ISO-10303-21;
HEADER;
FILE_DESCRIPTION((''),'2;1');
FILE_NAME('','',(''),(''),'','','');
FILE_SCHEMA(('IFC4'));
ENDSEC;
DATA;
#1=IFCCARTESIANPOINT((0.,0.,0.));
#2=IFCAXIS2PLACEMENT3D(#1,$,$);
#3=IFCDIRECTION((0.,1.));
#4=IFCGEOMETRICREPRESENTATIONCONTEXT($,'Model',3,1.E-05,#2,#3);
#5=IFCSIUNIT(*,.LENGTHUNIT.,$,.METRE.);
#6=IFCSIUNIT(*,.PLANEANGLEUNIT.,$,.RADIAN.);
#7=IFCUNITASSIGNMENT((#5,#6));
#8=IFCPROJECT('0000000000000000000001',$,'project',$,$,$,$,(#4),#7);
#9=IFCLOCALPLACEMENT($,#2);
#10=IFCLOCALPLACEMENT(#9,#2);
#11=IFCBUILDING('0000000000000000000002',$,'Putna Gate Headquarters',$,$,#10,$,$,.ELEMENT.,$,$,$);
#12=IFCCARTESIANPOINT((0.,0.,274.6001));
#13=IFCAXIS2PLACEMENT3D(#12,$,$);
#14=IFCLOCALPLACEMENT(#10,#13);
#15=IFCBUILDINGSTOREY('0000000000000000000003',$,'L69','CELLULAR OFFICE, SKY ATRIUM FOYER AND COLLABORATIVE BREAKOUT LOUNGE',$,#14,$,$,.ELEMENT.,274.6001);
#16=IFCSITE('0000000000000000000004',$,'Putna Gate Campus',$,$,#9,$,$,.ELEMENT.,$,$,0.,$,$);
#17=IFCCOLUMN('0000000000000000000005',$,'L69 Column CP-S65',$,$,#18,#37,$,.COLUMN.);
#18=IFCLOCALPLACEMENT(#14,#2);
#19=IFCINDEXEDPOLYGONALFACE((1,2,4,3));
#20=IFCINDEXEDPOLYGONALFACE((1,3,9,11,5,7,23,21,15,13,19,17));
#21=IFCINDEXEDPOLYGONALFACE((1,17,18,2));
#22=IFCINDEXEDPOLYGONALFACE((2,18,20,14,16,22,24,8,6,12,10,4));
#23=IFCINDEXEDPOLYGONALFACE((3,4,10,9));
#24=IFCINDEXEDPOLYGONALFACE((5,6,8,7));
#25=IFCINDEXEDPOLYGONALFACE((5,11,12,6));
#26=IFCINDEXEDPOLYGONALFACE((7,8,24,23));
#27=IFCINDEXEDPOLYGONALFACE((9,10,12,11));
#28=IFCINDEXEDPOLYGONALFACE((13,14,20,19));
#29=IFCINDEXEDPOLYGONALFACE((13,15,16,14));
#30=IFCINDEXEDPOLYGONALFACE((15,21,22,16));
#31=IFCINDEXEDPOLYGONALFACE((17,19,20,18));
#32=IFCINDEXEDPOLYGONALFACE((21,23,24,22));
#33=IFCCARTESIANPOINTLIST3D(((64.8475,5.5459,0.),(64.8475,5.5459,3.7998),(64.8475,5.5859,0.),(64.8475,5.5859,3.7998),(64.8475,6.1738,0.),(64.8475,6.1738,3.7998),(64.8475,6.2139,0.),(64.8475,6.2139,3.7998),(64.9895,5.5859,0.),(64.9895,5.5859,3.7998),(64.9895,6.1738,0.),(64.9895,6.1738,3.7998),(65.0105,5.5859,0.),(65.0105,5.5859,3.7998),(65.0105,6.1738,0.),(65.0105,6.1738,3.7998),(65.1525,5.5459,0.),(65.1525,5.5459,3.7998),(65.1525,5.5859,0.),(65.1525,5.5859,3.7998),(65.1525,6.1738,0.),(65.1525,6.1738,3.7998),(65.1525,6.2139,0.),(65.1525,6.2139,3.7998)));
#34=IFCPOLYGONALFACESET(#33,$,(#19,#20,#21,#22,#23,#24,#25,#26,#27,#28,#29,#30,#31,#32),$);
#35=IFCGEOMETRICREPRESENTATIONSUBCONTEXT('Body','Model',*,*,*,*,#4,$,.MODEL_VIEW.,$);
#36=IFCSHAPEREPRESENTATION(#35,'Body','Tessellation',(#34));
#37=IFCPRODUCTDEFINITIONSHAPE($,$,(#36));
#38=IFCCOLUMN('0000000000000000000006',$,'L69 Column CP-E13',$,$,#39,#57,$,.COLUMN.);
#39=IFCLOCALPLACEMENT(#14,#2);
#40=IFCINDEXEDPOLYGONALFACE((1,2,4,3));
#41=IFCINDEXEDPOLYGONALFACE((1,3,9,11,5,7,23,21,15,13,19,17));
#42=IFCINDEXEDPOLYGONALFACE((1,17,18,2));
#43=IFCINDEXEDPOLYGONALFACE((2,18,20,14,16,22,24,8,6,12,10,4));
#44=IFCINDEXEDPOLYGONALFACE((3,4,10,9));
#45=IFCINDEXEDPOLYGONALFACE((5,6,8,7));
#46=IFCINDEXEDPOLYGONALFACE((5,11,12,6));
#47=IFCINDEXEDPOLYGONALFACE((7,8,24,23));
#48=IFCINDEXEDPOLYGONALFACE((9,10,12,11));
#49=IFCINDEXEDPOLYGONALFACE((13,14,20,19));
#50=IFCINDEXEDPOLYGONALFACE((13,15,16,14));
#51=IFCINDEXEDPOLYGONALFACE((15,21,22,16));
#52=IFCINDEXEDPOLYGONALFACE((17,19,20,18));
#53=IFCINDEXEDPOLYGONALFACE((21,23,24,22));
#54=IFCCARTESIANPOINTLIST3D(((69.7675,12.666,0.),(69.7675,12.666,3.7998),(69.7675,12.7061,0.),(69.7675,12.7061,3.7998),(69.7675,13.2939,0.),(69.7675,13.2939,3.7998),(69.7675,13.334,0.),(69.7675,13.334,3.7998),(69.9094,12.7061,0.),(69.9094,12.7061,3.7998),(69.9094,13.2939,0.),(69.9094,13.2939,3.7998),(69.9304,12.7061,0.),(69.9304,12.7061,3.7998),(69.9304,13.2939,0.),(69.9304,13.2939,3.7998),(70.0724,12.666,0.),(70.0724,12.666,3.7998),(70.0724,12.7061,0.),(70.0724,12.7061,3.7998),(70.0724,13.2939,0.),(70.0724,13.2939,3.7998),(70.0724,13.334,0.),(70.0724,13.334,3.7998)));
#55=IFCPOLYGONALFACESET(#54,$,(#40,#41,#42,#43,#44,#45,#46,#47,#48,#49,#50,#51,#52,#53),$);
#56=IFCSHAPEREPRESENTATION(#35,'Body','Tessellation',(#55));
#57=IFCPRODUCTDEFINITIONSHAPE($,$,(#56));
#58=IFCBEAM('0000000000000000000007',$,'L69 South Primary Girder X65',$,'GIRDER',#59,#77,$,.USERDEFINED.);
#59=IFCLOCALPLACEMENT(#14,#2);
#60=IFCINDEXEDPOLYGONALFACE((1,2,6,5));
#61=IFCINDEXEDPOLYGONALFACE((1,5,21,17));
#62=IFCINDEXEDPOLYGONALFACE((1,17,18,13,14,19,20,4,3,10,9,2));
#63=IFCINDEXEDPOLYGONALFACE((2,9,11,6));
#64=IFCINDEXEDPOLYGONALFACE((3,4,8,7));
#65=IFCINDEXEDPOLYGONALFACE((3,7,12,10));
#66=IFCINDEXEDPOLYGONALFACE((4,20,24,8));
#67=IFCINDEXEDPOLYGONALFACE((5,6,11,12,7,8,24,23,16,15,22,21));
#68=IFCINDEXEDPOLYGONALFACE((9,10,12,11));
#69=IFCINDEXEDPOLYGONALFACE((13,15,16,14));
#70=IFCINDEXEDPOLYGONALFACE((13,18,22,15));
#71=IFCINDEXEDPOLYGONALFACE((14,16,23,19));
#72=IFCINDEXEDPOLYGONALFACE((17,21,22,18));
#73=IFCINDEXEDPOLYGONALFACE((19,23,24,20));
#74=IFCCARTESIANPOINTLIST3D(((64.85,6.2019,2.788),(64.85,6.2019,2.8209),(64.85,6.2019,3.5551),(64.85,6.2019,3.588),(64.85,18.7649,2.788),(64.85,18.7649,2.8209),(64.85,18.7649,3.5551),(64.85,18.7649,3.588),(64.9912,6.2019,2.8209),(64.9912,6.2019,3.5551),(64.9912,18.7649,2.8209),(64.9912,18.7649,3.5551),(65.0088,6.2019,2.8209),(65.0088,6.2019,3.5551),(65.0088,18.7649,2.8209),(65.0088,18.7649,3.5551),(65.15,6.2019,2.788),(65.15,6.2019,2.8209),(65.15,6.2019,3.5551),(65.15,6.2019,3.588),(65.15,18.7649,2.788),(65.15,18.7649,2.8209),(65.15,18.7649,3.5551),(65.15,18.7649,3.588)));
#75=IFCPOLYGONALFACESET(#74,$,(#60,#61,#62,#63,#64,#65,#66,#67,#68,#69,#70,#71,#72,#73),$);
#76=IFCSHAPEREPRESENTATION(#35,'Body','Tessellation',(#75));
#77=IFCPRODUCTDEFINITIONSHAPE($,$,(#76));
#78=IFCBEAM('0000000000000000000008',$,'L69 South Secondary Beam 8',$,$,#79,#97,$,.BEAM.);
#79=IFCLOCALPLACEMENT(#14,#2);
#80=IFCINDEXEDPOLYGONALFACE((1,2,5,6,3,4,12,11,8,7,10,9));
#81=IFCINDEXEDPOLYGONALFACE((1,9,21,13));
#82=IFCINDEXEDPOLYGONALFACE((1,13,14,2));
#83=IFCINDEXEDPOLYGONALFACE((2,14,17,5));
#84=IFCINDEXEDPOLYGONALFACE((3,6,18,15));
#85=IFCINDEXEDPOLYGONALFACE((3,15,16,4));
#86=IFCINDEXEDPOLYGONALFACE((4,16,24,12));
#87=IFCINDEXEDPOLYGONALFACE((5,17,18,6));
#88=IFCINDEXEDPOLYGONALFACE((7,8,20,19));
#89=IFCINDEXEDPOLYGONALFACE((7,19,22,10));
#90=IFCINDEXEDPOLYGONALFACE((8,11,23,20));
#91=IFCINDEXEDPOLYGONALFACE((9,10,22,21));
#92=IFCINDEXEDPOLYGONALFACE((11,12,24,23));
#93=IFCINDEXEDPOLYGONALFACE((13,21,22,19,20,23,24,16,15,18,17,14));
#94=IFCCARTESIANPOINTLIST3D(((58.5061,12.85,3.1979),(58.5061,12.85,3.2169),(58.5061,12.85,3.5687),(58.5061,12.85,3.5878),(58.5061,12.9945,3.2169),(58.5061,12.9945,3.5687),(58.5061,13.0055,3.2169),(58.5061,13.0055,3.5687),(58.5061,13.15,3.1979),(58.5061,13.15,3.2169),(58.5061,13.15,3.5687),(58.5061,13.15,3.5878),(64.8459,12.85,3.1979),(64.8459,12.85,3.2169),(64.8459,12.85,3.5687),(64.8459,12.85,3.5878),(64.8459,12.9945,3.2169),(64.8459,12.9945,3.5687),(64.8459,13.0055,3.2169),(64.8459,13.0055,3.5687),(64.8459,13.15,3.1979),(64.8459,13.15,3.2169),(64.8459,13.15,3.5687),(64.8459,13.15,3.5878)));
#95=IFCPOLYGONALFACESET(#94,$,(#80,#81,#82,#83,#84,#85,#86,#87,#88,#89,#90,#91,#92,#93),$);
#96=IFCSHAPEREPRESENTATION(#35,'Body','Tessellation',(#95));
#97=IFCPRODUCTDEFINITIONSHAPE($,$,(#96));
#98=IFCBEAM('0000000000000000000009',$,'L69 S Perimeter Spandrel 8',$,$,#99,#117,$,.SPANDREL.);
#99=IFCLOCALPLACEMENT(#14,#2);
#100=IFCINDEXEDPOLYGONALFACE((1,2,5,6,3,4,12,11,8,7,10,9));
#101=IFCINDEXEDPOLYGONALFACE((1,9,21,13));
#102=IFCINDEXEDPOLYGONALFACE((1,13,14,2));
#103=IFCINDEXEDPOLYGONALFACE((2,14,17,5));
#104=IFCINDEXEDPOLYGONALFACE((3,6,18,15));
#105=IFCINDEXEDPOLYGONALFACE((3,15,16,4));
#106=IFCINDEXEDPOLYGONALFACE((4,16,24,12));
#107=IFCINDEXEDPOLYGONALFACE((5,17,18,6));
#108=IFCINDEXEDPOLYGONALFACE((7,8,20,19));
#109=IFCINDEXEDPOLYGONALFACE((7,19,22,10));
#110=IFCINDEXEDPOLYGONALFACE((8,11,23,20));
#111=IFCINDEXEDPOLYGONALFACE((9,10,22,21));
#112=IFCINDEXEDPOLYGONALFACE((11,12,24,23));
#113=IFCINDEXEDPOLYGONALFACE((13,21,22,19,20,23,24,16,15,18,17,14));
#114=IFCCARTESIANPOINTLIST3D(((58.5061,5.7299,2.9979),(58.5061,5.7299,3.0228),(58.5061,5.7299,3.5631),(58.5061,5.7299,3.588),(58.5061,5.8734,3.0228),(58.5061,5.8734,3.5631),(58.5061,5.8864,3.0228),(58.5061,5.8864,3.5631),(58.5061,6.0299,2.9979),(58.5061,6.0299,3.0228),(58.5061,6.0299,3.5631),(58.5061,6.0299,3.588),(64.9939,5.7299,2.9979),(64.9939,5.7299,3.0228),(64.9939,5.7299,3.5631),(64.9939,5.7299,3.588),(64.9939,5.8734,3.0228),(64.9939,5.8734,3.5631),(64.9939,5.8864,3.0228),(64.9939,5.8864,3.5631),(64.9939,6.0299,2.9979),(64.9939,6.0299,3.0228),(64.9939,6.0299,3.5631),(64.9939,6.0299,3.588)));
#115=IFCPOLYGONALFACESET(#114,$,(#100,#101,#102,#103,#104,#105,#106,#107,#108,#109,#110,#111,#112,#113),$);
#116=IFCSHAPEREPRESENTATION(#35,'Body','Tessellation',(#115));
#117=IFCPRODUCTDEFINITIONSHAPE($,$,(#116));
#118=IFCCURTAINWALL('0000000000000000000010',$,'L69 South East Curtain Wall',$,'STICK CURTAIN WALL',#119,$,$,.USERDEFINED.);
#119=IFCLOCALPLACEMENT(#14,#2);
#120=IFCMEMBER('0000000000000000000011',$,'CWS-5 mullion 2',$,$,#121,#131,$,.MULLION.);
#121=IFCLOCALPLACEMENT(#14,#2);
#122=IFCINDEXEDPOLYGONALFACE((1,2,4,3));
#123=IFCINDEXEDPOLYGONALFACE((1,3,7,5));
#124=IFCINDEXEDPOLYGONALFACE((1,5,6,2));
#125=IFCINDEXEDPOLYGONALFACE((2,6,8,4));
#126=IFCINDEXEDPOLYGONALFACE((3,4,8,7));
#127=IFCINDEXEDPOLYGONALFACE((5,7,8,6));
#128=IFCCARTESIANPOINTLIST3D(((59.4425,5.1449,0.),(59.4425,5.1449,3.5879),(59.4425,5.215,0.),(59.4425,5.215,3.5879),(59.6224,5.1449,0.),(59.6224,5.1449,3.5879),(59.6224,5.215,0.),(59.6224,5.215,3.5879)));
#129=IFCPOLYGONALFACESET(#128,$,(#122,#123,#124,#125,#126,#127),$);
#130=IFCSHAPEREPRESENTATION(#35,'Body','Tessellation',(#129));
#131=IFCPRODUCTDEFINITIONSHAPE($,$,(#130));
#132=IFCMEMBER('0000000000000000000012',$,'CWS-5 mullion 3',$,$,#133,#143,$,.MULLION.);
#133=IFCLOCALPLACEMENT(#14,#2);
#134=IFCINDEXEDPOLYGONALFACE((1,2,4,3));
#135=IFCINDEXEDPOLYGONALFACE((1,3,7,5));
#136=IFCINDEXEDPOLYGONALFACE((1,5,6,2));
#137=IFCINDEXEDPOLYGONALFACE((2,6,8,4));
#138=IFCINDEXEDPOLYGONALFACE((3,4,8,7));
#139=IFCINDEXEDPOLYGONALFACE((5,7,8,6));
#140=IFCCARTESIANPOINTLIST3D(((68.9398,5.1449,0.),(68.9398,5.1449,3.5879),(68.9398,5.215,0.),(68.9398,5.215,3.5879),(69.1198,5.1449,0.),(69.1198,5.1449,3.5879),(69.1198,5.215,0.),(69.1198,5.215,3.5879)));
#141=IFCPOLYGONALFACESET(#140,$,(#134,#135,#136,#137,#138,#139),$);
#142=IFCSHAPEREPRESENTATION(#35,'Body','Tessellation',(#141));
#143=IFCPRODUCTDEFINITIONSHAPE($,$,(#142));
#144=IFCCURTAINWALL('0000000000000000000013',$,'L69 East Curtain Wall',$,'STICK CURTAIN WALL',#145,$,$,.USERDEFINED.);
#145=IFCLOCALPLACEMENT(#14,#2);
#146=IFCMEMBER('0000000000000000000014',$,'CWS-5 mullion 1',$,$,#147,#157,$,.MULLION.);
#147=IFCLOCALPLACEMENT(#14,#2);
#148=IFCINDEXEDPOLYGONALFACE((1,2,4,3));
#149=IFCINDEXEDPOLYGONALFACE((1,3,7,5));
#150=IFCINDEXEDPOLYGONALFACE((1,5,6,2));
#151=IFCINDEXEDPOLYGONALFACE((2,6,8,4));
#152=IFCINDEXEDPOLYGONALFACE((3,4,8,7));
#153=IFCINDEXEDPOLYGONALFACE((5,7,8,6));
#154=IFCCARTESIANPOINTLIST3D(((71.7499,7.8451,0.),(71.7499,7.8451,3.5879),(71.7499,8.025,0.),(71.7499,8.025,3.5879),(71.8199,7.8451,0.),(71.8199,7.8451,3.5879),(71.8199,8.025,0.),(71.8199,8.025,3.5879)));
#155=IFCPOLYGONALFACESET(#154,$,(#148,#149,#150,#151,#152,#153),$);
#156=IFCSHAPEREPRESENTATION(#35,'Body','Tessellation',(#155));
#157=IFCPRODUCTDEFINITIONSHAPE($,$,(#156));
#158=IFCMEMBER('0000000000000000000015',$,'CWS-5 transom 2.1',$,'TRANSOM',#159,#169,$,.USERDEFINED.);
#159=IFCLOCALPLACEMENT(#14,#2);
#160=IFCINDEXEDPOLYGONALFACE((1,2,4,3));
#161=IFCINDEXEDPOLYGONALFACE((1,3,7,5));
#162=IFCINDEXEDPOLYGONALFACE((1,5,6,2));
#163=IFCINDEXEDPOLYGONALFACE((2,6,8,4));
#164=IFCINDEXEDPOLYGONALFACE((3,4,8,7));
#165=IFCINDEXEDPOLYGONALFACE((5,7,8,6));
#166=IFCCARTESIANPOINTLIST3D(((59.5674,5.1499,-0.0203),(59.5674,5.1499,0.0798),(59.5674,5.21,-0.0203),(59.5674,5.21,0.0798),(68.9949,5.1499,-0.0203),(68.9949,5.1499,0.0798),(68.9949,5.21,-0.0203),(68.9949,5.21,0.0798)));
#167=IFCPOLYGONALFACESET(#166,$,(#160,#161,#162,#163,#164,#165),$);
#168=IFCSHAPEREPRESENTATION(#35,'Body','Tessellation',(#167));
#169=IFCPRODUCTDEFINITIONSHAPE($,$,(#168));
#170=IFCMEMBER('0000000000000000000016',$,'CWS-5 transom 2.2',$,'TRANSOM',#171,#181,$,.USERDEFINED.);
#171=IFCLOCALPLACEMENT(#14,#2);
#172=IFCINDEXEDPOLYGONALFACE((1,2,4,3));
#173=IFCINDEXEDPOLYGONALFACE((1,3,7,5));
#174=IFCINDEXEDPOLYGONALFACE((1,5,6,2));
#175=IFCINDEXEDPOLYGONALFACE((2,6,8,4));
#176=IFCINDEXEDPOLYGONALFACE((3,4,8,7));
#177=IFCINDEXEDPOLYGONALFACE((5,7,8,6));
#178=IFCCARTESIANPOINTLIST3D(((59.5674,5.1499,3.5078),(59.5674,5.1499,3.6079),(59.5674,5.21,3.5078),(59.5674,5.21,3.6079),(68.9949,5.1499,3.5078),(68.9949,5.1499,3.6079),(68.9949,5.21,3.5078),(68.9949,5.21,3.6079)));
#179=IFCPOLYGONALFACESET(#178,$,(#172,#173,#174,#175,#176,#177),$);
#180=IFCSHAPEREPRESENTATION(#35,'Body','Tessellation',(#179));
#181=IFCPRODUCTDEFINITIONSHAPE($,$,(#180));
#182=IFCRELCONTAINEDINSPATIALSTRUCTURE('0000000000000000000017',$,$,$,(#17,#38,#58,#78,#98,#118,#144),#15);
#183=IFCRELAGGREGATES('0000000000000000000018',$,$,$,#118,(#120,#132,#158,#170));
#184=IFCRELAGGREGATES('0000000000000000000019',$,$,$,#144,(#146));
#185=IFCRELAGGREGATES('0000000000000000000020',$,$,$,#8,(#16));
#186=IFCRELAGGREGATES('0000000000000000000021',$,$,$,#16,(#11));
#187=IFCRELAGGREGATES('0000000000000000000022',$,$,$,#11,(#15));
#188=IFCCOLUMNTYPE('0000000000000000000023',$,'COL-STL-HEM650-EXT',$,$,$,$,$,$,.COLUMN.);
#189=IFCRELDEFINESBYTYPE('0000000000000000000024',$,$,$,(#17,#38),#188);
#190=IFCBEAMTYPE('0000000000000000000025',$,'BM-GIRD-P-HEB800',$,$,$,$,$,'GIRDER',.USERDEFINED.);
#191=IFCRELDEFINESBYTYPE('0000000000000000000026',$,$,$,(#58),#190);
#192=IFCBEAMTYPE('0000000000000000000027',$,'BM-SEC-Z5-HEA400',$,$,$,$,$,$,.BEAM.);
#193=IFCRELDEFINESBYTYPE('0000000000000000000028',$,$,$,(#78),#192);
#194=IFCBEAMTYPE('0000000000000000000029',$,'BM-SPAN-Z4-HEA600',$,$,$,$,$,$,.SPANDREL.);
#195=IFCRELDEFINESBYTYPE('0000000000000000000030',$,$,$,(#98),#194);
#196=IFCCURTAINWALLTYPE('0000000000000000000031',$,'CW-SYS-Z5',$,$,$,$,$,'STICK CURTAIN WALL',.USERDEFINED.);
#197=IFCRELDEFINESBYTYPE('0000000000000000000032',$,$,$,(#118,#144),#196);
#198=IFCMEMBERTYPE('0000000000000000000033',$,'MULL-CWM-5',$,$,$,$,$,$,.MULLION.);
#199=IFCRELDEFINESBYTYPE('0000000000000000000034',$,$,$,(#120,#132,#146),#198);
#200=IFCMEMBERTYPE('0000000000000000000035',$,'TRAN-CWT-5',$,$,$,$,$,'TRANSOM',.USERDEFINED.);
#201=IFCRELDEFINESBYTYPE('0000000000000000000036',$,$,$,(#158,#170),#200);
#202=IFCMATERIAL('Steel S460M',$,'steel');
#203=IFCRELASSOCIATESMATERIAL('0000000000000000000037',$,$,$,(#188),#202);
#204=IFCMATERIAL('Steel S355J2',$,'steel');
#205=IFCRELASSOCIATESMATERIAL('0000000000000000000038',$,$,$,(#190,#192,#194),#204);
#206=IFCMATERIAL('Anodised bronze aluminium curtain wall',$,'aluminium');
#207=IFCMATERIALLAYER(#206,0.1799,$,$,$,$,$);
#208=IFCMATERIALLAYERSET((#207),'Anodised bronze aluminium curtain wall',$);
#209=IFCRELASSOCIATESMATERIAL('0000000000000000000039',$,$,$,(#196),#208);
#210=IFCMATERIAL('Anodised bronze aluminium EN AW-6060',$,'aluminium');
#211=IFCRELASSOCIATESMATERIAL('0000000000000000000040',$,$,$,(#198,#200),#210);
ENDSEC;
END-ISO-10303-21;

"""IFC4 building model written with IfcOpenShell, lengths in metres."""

from ifc_helpers import new_model, si_unit, direction, frame, origin, origin_2d, place, context, subcontext, project, spatial, rectangle, i_section, extrude, material, layer, layer_set, material_profile, profile_set, type_object, element, aggregate, save


model = new_model("IFC4")

# Units and contexts
model_context = context("Model", 3, precision=1e-05, world=origin(), true_north=direction((0.0, 1.0)))
body_context = subcontext(model_context, "Body", "Model", "MODEL_VIEW")
ifc_project = project(units=[si_unit("LENGTHUNIT", "METRE"), si_unit("PLANEANGLEUNIT", "RADIAN")], contexts=[model_context])

# Site, building, storey
site_placement = place(None, origin())
site = spatial("IfcSite", under=ifc_project, at=site_placement, Name="Putna Gate Campus", CompositionType="ELEMENT", RefElevation=0.0)
building_placement = place(site_placement, origin())
building = spatial("IfcBuilding", under=site, at=building_placement, Name="Putna Gate Headquarters", CompositionType="ELEMENT")
storey_placement = place(building_placement, frame((0.0, 0.0, 274.6001)))
storey = spatial("IfcBuildingStorey", under=building, at=storey_placement, Name="L69", Description="CELLULAR OFFICE, SKY ATRIUM FOYER AND COLLABORATIVE BREAKOUT LOUNGE", CompositionType="ELEMENT", Elevation=274.6001)

# Columns
ifc_material_1 = material(Name="Steel S460M", Category="steel")
ifc_material_profile_1 = material_profile(ifc_material_1, i_section(OverallWidth=0.3049, OverallDepth=0.668, WebThickness=0.021, FlangeThickness=0.04, at=origin_2d()), Name="Steel S460M")
ifc_profile_set_1 = profile_set([ifc_material_profile_1], Name="Steel S460M")
column_type = type_object("IfcColumnType", Name="COL-STL-HEM650-EXT", PredefinedType="COLUMN", material=ifc_profile_set_1)
for number, where, z_axis, x_axis, name in (
    (1, (65.0, 5.8799, 0.0), (0.0, 0.0, 1.0), (1.0, 0.0, 0.0), "L69 Column CP-S65"),
    (2, (69.9199, 13.0, 0.0), (0.0, 0.0, 1.0), (1.0, 0.0, 0.0), "L69 Column CP-E13"),
):
    element("IfcColumn", number, at=place(storey_placement, frame(where, z_axis=z_axis, x_axis=x_axis)), inside=storey, type_object=column_type, Name=name, PredefinedType="COLUMN", context=body_context, shape_type="SweptSolid", body=[
        extrude(i_section(OverallWidth=0.3049, OverallDepth=0.668, WebThickness=0.021, FlangeThickness=0.04, at=origin_2d()), origin(), (0.0, 0.0, 1.0), 3.7998),
    ])

# Beams
ifc_material_2 = material(Name="Steel S355J2", Category="steel")
ifc_material_profile_2 = material_profile(ifc_material_2, i_section(OverallWidth=0.3, OverallDepth=0.8, WebThickness=0.0176, FlangeThickness=0.033, at=origin_2d()), Name="Steel S355J2")
ifc_profile_set_2 = profile_set([ifc_material_profile_2], Name="Steel S355J2")
beam_type_1 = type_object("IfcBeamType", Name="BM-GIRD-P-HEB800", ElementType="GIRDER", PredefinedType="USERDEFINED", material=ifc_profile_set_2)
beam_1_placement = place(storey_placement, frame((65.0, 6.2019, 3.188), z_axis=(0.0, 1.0, 0.0), x_axis=(-1.0, 0.0, 0.0)))
element("IfcBeam", 3, at=beam_1_placement, inside=storey, type_object=beam_type_1, Name="L69 South Primary Girder X65", ObjectType="GIRDER", PredefinedType="USERDEFINED", context=body_context, shape_type="SweptSolid", body=[
    extrude(i_section(OverallWidth=0.3, OverallDepth=0.8, WebThickness=0.0176, FlangeThickness=0.033, at=origin_2d()), origin(), (0.0, 0.0, 1.0), 12.563),
])
ifc_material_profile_3 = material_profile(ifc_material_2, i_section(OverallWidth=0.3, OverallDepth=0.3899, WebThickness=0.011, FlangeThickness=0.019, at=origin_2d()), Name="Steel S355J2")
ifc_profile_set_3 = profile_set([ifc_material_profile_3], Name="Steel S355J2")
beam_type_2 = type_object("IfcBeamType", Name="BM-SEC-Z5-HEA400", PredefinedType="BEAM", material=ifc_profile_set_3)
beam_2_placement = place(storey_placement, frame((58.5061, 13.0, 3.3928), z_axis=(1.0, 0.0, 0.0), x_axis=(0.0, 1.0, 0.0)))
element("IfcBeam", 4, at=beam_2_placement, inside=storey, type_object=beam_type_2, Name="L69 South Secondary Beam 8", PredefinedType="BEAM", context=body_context, shape_type="SweptSolid", body=[
    extrude(i_section(OverallWidth=0.3, OverallDepth=0.3899, WebThickness=0.011, FlangeThickness=0.019, at=origin_2d()), origin(), (0.0, 0.0, 1.0), 6.3398),
])
ifc_material_profile_4 = material_profile(ifc_material_2, i_section(OverallWidth=0.3, OverallDepth=0.5901, WebThickness=0.0129, FlangeThickness=0.0249, at=origin_2d()), Name="Steel S355J2")
ifc_profile_set_4 = profile_set([ifc_material_profile_4], Name="Steel S355J2")
beam_type_3 = type_object("IfcBeamType", Name="BM-SPAN-Z4-HEA600", PredefinedType="SPANDREL", material=ifc_profile_set_4)
beam_3_placement = place(storey_placement, frame((58.5061, 5.8799, 3.293), z_axis=(1.0, 0.0, 0.0), x_axis=(0.0, 1.0, 0.0)))
element("IfcBeam", 5, at=beam_3_placement, inside=storey, type_object=beam_type_3, Name="L69 S Perimeter Spandrel 8", PredefinedType="SPANDREL", context=body_context, shape_type="SweptSolid", body=[
    extrude(i_section(OverallWidth=0.3, OverallDepth=0.5901, WebThickness=0.0129, FlangeThickness=0.0249, at=origin_2d()), origin(), (0.0, 0.0, 1.0), 6.4878),
])

# Curtain wall, members
ifc_material_3 = material(Name="Anodised bronze aluminium curtain wall", Category="aluminium")
ifc_layer_1 = layer(ifc_material_3, 0.1799)
ifc_layer_set_1 = layer_set([ifc_layer_1], Name="Anodised bronze aluminium curtain wall")
curtain_wall_type = type_object("IfcCurtainWallType", Name="CW-SYS-Z5", ElementType="STICK CURTAIN WALL", PredefinedType="USERDEFINED", material=ifc_layer_set_1)
curtain_wall_1_placement = place(storey_placement, origin())
curtain_wall_1 = element("IfcCurtainWall", 6, at=curtain_wall_1_placement, inside=storey, type_object=curtain_wall_type, Name="L69 South East Curtain Wall", ObjectType="STICK CURTAIN WALL", PredefinedType="USERDEFINED")
ifc_material_4 = material(Name="Anodised bronze aluminium EN AW-6060", Category="aluminium")
ifc_material_profile_5 = material_profile(ifc_material_4, rectangle(XDim=0.0701, YDim=0.1799, at=origin_2d()), Name="Anodised bronze aluminium EN AW-6060")
ifc_profile_set_5 = profile_set([ifc_material_profile_5], Name="Anodised bronze aluminium EN AW-6060")
member_type_1 = type_object("IfcMemberType", Name="MULL-CWM-5", PredefinedType="MULLION", material=ifc_profile_set_5)
member_1_placement = place(storey_placement, frame((59.5325, 5.1799, 0.0), z_axis=(0.0, 0.0, 1.0), x_axis=(0.0, 1.0, 0.0)))
member_1 = element("IfcMember", 7, at=member_1_placement, type_object=member_type_1, Name="CWS-5 mullion 2", PredefinedType="MULLION", context=body_context, shape_type="SweptSolid", body=[
    extrude(rectangle(XDim=0.0701, YDim=0.1799, at=origin_2d()), origin(), (0.0, 0.0, 1.0), 3.5879),
])
member_2_placement = place(storey_placement, frame((69.0298, 5.1799, 0.0), z_axis=(0.0, 0.0, 1.0), x_axis=(0.0, 1.0, 0.0)))
member_2 = element("IfcMember", 8, at=member_2_placement, type_object=member_type_1, Name="CWS-5 mullion 3", PredefinedType="MULLION", context=body_context, shape_type="SweptSolid", body=[
    extrude(rectangle(XDim=0.0701, YDim=0.1799, at=origin_2d()), origin(), (0.0, 0.0, 1.0), 3.5879),
])

# Curtain wall, member
curtain_wall_2_placement = place(storey_placement, origin())
curtain_wall_2 = element("IfcCurtainWall", 9, at=curtain_wall_2_placement, inside=storey, type_object=curtain_wall_type, Name="L69 East Curtain Wall", ObjectType="STICK CURTAIN WALL", PredefinedType="USERDEFINED")
member_3_placement = place(storey_placement, frame((71.7849, 7.9351, 0.0), z_axis=(0.0, 0.0, 1.0), x_axis=(-1.0, 0.0, 0.0)))
member_3 = element("IfcMember", 10, at=member_3_placement, type_object=member_type_1, Name="CWS-5 mullion 1", PredefinedType="MULLION", context=body_context, shape_type="SweptSolid", body=[
    extrude(rectangle(XDim=0.0701, YDim=0.1799, at=origin_2d()), origin(), (0.0, 0.0, 1.0), 3.5879),
])

# Members
ifc_material_profile_6 = material_profile(ifc_material_4, rectangle(XDim=0.0601, YDim=0.1001, at=origin_2d()), Name="Anodised bronze aluminium EN AW-6060")
ifc_profile_set_6 = profile_set([ifc_material_profile_6], Name="Anodised bronze aluminium EN AW-6060")
member_type_2 = type_object("IfcMemberType", Name="TRAN-CWT-5", ElementType="TRANSOM", PredefinedType="USERDEFINED", material=ifc_profile_set_6)
member_4_placement = place(storey_placement, frame((59.5674, 5.1799, 0.0298), z_axis=(1.0, 0.0, 0.0), x_axis=(0.0, 1.0, 0.0)))
member_4 = element("IfcMember", 11, at=member_4_placement, type_object=member_type_2, Name="CWS-5 transom 2.1", ObjectType="TRANSOM", PredefinedType="USERDEFINED", context=body_context, shape_type="SweptSolid", body=[
    extrude(rectangle(XDim=0.0601, YDim=0.1001, at=origin_2d()), origin(), (0.0, 0.0, 1.0), 9.4275),
])
member_5_placement = place(storey_placement, frame((59.5674, 5.1799, 3.5579), z_axis=(1.0, 0.0, 0.0), x_axis=(0.0, 1.0, 0.0)))
member_5 = element("IfcMember", 12, at=member_5_placement, type_object=member_type_2, Name="CWS-5 transom 2.2", ObjectType="TRANSOM", PredefinedType="USERDEFINED", context=body_context, shape_type="SweptSolid", body=[
    extrude(rectangle(XDim=0.0601, YDim=0.1001, at=origin_2d()), origin(), (0.0, 0.0, 1.0), 9.4275),
])

aggregate(curtain_wall_1, [member_1, member_2, member_4, member_5])
aggregate(curtain_wall_2, [member_3])

save(model, "model.ifc")
